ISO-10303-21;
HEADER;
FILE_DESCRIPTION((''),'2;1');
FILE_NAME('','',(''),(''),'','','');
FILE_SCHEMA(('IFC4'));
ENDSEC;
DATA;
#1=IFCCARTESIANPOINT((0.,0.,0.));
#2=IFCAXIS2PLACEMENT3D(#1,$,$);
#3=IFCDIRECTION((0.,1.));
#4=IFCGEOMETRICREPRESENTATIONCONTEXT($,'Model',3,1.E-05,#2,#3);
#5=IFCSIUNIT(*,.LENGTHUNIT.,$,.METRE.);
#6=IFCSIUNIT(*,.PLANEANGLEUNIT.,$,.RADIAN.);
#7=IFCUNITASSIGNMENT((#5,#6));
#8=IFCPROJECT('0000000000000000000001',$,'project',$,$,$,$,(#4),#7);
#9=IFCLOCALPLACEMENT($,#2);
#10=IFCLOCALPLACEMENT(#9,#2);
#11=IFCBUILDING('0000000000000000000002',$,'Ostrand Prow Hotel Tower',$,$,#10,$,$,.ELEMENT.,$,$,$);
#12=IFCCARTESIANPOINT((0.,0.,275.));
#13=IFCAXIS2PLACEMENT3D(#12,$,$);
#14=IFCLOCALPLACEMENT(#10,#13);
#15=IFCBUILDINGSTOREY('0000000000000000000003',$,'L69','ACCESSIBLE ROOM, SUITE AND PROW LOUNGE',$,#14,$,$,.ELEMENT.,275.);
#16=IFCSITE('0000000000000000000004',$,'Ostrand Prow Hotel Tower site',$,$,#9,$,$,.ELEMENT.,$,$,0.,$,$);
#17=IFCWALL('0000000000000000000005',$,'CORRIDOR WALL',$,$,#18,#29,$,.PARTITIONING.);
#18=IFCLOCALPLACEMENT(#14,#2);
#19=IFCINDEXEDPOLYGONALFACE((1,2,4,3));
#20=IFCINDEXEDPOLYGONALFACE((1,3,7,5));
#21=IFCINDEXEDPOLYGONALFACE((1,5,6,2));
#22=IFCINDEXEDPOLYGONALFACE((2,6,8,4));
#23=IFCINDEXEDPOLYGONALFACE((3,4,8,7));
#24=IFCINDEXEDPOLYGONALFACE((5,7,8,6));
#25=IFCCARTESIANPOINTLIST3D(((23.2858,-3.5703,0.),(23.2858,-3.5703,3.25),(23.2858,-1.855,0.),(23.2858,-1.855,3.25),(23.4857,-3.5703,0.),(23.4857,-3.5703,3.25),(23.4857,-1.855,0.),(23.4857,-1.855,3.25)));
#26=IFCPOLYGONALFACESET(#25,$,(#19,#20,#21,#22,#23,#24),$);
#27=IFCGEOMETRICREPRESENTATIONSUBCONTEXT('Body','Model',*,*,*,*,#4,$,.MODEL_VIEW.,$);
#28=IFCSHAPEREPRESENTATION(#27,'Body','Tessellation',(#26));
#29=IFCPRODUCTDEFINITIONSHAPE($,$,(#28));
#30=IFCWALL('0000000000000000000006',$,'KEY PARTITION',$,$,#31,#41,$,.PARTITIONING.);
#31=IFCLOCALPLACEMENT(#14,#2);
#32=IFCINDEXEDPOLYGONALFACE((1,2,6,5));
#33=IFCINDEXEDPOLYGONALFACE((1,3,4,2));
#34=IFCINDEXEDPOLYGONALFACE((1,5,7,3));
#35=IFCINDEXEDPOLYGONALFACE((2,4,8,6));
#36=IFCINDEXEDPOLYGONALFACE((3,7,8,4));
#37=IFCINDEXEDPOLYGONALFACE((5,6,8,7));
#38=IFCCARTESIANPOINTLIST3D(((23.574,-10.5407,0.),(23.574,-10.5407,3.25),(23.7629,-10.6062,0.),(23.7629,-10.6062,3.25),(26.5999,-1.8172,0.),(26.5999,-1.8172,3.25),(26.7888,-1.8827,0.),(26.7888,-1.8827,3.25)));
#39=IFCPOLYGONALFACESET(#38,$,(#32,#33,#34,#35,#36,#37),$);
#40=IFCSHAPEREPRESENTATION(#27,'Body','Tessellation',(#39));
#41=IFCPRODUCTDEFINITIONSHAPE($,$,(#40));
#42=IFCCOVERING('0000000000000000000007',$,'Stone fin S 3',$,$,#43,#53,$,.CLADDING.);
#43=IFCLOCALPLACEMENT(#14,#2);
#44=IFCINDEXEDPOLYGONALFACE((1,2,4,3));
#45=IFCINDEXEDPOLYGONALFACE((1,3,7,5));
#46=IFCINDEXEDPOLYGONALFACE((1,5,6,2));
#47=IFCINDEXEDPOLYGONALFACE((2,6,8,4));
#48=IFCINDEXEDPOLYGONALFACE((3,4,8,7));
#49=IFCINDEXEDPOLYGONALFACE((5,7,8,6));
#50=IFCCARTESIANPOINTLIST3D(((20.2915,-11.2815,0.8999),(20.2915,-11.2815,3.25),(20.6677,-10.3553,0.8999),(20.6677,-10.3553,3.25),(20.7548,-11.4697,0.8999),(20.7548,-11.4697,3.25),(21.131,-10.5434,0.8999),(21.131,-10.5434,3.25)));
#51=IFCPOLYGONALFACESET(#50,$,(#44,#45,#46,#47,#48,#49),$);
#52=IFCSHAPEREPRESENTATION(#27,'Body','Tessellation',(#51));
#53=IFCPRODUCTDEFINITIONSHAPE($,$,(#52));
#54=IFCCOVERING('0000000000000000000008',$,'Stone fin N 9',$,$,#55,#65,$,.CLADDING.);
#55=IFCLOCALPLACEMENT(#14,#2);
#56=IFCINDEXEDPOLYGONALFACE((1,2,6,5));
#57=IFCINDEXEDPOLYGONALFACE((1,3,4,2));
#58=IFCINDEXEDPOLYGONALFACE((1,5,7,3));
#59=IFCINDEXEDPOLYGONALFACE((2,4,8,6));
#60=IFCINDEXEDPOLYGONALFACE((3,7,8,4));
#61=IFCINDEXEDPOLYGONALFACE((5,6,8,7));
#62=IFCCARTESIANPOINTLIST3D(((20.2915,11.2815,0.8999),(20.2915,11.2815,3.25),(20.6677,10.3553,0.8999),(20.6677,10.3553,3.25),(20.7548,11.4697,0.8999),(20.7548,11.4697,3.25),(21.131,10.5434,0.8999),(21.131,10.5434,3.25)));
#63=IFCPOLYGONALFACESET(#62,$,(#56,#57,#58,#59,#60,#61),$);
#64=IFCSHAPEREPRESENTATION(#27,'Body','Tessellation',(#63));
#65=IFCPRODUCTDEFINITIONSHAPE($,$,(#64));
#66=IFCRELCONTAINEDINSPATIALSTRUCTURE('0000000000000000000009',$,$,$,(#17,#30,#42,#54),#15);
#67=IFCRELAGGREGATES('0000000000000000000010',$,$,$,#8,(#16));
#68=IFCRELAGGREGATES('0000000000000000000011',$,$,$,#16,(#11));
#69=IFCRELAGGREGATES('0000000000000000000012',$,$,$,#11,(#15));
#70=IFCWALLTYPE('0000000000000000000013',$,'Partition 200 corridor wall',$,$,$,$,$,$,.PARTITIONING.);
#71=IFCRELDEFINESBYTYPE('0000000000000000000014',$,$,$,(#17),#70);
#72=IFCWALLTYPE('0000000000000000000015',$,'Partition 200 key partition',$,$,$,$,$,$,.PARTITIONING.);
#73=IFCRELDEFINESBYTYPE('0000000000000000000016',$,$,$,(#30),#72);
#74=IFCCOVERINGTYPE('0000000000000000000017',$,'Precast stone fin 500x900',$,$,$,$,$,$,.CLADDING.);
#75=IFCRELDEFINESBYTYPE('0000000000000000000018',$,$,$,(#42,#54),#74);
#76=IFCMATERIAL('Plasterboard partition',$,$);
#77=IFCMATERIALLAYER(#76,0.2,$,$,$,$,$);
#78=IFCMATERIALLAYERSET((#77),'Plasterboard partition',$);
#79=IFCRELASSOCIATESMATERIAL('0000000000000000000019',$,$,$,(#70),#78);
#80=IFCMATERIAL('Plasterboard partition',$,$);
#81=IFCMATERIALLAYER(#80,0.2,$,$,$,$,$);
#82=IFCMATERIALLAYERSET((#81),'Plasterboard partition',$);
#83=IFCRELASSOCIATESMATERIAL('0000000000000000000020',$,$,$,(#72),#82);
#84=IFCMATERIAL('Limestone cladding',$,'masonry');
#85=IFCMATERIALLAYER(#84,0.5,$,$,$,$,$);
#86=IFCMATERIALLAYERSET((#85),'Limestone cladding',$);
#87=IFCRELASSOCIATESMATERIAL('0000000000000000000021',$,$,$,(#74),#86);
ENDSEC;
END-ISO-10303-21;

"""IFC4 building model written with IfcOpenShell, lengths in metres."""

from ifc_helpers import new_model, si_unit, direction, frame, frame_2d, origin, place, context, subcontext, project, spatial, rectangle, extrude, material, layer, layer_set, type_object, element, save


model = new_model("IFC4")

# Units and contexts
model_context = context("Model", 3, precision=1e-05, world=origin(), true_north=direction((0.0, 1.0)))
body_context = subcontext(model_context, "Body", "Model", "MODEL_VIEW")
ifc_project = project(units=[si_unit("LENGTHUNIT", "METRE"), si_unit("PLANEANGLEUNIT", "RADIAN")], contexts=[model_context])

# Site, building, storey
site_placement = place(None, origin())
site = spatial("IfcSite", under=ifc_project, at=site_placement, Name="Ostrand Prow Hotel Tower site", CompositionType="ELEMENT", RefElevation=0.0)
building_placement = place(site_placement, origin())
building = spatial("IfcBuilding", under=site, at=building_placement, Name="Ostrand Prow Hotel Tower", CompositionType="ELEMENT")
storey_placement = place(building_placement, frame((0.0, 0.0, 275.0)))
storey = spatial("IfcBuildingStorey", under=building, at=storey_placement, Name="L69", Description="ACCESSIBLE ROOM, SUITE AND PROW LOUNGE", CompositionType="ELEMENT", Elevation=275.0)

# Walls
ifc_material_1 = material(Name="Plasterboard partition")
ifc_layer_1 = layer(ifc_material_1, 0.2)
ifc_layer_set_1 = layer_set([ifc_layer_1], Name="Plasterboard partition")
wall_type_1 = type_object("IfcWallType", Name="Partition 200 corridor wall", PredefinedType="PARTITIONING", material=ifc_layer_set_1)
wall_1_placement = place(storey_placement, frame((23.3857, -1.855, 0.0), z_axis=(0.0, 0.0, 1.0), x_axis=(0.0, -1.0, 0.0)))
element("IfcWall", 1, at=wall_1_placement, inside=storey, type_object=wall_type_1, Name="CORRIDOR WALL", PredefinedType="PARTITIONING", context=body_context, shape_type="SweptSolid", body=[
    extrude(rectangle(XDim=1.7153, YDim=0.2, at=frame_2d((0.8577, 0.0))), origin(), (0.0, 0.0, 1.0), 3.25),
])
ifc_material_2 = material(Name="Plasterboard partition")
ifc_layer_2 = layer(ifc_material_2, 0.2)
ifc_layer_set_2 = layer_set([ifc_layer_2], Name="Plasterboard partition")
wall_type_2 = type_object("IfcWallType", Name="Partition 200 key partition", PredefinedType="PARTITIONING", material=ifc_layer_set_2)
wall_2_placement = place(storey_placement, frame((23.6685, -10.5735, 0.0), z_axis=(0.0, 0.0, 1.0), x_axis=(0.327714, 0.944777, 0.0)))
element("IfcWall", 2, at=wall_2_placement, inside=storey, type_object=wall_type_2, Name="KEY PARTITION", PredefinedType="PARTITIONING", context=body_context, shape_type="SweptSolid", body=[
    extrude(rectangle(XDim=9.2334, YDim=0.2, at=frame_2d((4.6167, 0.0))), origin(), (0.0, 0.0, 1.0), 3.25),
])

# Coverings
ifc_material_3 = material(Name="Limestone cladding", Category="masonry")
ifc_layer_3 = layer(ifc_material_3, 0.5)
ifc_layer_set_3 = layer_set([ifc_layer_3], Name="Limestone cladding")
covering_type = type_object("IfcCoveringType", Name="Precast stone fin 500x900", PredefinedType="CLADDING", material=ifc_layer_set_3)
for number, where, z_axis, x_axis, name in (
    (3, (20.8994, -10.4492, 0.8999), (0.0, 0.0, 1.0), (-0.376312, -0.926493, 0.0), "Stone fin S 3"),
    (4, (20.8994, 10.4492, 0.8999), (0.0, 0.0, 1.0), (-0.376312, 0.926493, 0.0), "Stone fin N 9"),
):
    element("IfcCovering", number, at=place(storey_placement, frame(where, z_axis=z_axis, x_axis=x_axis)), inside=storey, type_object=covering_type, Name=name, PredefinedType="CLADDING", context=body_context, shape_type="SweptSolid", body=[
        extrude(rectangle(XDim=0.9998, YDim=0.5, at=frame_2d((0.5, 0.0))), origin(), (0.0, 0.0, 1.0), 2.3501),
    ])

save(model, "model.ifc")
